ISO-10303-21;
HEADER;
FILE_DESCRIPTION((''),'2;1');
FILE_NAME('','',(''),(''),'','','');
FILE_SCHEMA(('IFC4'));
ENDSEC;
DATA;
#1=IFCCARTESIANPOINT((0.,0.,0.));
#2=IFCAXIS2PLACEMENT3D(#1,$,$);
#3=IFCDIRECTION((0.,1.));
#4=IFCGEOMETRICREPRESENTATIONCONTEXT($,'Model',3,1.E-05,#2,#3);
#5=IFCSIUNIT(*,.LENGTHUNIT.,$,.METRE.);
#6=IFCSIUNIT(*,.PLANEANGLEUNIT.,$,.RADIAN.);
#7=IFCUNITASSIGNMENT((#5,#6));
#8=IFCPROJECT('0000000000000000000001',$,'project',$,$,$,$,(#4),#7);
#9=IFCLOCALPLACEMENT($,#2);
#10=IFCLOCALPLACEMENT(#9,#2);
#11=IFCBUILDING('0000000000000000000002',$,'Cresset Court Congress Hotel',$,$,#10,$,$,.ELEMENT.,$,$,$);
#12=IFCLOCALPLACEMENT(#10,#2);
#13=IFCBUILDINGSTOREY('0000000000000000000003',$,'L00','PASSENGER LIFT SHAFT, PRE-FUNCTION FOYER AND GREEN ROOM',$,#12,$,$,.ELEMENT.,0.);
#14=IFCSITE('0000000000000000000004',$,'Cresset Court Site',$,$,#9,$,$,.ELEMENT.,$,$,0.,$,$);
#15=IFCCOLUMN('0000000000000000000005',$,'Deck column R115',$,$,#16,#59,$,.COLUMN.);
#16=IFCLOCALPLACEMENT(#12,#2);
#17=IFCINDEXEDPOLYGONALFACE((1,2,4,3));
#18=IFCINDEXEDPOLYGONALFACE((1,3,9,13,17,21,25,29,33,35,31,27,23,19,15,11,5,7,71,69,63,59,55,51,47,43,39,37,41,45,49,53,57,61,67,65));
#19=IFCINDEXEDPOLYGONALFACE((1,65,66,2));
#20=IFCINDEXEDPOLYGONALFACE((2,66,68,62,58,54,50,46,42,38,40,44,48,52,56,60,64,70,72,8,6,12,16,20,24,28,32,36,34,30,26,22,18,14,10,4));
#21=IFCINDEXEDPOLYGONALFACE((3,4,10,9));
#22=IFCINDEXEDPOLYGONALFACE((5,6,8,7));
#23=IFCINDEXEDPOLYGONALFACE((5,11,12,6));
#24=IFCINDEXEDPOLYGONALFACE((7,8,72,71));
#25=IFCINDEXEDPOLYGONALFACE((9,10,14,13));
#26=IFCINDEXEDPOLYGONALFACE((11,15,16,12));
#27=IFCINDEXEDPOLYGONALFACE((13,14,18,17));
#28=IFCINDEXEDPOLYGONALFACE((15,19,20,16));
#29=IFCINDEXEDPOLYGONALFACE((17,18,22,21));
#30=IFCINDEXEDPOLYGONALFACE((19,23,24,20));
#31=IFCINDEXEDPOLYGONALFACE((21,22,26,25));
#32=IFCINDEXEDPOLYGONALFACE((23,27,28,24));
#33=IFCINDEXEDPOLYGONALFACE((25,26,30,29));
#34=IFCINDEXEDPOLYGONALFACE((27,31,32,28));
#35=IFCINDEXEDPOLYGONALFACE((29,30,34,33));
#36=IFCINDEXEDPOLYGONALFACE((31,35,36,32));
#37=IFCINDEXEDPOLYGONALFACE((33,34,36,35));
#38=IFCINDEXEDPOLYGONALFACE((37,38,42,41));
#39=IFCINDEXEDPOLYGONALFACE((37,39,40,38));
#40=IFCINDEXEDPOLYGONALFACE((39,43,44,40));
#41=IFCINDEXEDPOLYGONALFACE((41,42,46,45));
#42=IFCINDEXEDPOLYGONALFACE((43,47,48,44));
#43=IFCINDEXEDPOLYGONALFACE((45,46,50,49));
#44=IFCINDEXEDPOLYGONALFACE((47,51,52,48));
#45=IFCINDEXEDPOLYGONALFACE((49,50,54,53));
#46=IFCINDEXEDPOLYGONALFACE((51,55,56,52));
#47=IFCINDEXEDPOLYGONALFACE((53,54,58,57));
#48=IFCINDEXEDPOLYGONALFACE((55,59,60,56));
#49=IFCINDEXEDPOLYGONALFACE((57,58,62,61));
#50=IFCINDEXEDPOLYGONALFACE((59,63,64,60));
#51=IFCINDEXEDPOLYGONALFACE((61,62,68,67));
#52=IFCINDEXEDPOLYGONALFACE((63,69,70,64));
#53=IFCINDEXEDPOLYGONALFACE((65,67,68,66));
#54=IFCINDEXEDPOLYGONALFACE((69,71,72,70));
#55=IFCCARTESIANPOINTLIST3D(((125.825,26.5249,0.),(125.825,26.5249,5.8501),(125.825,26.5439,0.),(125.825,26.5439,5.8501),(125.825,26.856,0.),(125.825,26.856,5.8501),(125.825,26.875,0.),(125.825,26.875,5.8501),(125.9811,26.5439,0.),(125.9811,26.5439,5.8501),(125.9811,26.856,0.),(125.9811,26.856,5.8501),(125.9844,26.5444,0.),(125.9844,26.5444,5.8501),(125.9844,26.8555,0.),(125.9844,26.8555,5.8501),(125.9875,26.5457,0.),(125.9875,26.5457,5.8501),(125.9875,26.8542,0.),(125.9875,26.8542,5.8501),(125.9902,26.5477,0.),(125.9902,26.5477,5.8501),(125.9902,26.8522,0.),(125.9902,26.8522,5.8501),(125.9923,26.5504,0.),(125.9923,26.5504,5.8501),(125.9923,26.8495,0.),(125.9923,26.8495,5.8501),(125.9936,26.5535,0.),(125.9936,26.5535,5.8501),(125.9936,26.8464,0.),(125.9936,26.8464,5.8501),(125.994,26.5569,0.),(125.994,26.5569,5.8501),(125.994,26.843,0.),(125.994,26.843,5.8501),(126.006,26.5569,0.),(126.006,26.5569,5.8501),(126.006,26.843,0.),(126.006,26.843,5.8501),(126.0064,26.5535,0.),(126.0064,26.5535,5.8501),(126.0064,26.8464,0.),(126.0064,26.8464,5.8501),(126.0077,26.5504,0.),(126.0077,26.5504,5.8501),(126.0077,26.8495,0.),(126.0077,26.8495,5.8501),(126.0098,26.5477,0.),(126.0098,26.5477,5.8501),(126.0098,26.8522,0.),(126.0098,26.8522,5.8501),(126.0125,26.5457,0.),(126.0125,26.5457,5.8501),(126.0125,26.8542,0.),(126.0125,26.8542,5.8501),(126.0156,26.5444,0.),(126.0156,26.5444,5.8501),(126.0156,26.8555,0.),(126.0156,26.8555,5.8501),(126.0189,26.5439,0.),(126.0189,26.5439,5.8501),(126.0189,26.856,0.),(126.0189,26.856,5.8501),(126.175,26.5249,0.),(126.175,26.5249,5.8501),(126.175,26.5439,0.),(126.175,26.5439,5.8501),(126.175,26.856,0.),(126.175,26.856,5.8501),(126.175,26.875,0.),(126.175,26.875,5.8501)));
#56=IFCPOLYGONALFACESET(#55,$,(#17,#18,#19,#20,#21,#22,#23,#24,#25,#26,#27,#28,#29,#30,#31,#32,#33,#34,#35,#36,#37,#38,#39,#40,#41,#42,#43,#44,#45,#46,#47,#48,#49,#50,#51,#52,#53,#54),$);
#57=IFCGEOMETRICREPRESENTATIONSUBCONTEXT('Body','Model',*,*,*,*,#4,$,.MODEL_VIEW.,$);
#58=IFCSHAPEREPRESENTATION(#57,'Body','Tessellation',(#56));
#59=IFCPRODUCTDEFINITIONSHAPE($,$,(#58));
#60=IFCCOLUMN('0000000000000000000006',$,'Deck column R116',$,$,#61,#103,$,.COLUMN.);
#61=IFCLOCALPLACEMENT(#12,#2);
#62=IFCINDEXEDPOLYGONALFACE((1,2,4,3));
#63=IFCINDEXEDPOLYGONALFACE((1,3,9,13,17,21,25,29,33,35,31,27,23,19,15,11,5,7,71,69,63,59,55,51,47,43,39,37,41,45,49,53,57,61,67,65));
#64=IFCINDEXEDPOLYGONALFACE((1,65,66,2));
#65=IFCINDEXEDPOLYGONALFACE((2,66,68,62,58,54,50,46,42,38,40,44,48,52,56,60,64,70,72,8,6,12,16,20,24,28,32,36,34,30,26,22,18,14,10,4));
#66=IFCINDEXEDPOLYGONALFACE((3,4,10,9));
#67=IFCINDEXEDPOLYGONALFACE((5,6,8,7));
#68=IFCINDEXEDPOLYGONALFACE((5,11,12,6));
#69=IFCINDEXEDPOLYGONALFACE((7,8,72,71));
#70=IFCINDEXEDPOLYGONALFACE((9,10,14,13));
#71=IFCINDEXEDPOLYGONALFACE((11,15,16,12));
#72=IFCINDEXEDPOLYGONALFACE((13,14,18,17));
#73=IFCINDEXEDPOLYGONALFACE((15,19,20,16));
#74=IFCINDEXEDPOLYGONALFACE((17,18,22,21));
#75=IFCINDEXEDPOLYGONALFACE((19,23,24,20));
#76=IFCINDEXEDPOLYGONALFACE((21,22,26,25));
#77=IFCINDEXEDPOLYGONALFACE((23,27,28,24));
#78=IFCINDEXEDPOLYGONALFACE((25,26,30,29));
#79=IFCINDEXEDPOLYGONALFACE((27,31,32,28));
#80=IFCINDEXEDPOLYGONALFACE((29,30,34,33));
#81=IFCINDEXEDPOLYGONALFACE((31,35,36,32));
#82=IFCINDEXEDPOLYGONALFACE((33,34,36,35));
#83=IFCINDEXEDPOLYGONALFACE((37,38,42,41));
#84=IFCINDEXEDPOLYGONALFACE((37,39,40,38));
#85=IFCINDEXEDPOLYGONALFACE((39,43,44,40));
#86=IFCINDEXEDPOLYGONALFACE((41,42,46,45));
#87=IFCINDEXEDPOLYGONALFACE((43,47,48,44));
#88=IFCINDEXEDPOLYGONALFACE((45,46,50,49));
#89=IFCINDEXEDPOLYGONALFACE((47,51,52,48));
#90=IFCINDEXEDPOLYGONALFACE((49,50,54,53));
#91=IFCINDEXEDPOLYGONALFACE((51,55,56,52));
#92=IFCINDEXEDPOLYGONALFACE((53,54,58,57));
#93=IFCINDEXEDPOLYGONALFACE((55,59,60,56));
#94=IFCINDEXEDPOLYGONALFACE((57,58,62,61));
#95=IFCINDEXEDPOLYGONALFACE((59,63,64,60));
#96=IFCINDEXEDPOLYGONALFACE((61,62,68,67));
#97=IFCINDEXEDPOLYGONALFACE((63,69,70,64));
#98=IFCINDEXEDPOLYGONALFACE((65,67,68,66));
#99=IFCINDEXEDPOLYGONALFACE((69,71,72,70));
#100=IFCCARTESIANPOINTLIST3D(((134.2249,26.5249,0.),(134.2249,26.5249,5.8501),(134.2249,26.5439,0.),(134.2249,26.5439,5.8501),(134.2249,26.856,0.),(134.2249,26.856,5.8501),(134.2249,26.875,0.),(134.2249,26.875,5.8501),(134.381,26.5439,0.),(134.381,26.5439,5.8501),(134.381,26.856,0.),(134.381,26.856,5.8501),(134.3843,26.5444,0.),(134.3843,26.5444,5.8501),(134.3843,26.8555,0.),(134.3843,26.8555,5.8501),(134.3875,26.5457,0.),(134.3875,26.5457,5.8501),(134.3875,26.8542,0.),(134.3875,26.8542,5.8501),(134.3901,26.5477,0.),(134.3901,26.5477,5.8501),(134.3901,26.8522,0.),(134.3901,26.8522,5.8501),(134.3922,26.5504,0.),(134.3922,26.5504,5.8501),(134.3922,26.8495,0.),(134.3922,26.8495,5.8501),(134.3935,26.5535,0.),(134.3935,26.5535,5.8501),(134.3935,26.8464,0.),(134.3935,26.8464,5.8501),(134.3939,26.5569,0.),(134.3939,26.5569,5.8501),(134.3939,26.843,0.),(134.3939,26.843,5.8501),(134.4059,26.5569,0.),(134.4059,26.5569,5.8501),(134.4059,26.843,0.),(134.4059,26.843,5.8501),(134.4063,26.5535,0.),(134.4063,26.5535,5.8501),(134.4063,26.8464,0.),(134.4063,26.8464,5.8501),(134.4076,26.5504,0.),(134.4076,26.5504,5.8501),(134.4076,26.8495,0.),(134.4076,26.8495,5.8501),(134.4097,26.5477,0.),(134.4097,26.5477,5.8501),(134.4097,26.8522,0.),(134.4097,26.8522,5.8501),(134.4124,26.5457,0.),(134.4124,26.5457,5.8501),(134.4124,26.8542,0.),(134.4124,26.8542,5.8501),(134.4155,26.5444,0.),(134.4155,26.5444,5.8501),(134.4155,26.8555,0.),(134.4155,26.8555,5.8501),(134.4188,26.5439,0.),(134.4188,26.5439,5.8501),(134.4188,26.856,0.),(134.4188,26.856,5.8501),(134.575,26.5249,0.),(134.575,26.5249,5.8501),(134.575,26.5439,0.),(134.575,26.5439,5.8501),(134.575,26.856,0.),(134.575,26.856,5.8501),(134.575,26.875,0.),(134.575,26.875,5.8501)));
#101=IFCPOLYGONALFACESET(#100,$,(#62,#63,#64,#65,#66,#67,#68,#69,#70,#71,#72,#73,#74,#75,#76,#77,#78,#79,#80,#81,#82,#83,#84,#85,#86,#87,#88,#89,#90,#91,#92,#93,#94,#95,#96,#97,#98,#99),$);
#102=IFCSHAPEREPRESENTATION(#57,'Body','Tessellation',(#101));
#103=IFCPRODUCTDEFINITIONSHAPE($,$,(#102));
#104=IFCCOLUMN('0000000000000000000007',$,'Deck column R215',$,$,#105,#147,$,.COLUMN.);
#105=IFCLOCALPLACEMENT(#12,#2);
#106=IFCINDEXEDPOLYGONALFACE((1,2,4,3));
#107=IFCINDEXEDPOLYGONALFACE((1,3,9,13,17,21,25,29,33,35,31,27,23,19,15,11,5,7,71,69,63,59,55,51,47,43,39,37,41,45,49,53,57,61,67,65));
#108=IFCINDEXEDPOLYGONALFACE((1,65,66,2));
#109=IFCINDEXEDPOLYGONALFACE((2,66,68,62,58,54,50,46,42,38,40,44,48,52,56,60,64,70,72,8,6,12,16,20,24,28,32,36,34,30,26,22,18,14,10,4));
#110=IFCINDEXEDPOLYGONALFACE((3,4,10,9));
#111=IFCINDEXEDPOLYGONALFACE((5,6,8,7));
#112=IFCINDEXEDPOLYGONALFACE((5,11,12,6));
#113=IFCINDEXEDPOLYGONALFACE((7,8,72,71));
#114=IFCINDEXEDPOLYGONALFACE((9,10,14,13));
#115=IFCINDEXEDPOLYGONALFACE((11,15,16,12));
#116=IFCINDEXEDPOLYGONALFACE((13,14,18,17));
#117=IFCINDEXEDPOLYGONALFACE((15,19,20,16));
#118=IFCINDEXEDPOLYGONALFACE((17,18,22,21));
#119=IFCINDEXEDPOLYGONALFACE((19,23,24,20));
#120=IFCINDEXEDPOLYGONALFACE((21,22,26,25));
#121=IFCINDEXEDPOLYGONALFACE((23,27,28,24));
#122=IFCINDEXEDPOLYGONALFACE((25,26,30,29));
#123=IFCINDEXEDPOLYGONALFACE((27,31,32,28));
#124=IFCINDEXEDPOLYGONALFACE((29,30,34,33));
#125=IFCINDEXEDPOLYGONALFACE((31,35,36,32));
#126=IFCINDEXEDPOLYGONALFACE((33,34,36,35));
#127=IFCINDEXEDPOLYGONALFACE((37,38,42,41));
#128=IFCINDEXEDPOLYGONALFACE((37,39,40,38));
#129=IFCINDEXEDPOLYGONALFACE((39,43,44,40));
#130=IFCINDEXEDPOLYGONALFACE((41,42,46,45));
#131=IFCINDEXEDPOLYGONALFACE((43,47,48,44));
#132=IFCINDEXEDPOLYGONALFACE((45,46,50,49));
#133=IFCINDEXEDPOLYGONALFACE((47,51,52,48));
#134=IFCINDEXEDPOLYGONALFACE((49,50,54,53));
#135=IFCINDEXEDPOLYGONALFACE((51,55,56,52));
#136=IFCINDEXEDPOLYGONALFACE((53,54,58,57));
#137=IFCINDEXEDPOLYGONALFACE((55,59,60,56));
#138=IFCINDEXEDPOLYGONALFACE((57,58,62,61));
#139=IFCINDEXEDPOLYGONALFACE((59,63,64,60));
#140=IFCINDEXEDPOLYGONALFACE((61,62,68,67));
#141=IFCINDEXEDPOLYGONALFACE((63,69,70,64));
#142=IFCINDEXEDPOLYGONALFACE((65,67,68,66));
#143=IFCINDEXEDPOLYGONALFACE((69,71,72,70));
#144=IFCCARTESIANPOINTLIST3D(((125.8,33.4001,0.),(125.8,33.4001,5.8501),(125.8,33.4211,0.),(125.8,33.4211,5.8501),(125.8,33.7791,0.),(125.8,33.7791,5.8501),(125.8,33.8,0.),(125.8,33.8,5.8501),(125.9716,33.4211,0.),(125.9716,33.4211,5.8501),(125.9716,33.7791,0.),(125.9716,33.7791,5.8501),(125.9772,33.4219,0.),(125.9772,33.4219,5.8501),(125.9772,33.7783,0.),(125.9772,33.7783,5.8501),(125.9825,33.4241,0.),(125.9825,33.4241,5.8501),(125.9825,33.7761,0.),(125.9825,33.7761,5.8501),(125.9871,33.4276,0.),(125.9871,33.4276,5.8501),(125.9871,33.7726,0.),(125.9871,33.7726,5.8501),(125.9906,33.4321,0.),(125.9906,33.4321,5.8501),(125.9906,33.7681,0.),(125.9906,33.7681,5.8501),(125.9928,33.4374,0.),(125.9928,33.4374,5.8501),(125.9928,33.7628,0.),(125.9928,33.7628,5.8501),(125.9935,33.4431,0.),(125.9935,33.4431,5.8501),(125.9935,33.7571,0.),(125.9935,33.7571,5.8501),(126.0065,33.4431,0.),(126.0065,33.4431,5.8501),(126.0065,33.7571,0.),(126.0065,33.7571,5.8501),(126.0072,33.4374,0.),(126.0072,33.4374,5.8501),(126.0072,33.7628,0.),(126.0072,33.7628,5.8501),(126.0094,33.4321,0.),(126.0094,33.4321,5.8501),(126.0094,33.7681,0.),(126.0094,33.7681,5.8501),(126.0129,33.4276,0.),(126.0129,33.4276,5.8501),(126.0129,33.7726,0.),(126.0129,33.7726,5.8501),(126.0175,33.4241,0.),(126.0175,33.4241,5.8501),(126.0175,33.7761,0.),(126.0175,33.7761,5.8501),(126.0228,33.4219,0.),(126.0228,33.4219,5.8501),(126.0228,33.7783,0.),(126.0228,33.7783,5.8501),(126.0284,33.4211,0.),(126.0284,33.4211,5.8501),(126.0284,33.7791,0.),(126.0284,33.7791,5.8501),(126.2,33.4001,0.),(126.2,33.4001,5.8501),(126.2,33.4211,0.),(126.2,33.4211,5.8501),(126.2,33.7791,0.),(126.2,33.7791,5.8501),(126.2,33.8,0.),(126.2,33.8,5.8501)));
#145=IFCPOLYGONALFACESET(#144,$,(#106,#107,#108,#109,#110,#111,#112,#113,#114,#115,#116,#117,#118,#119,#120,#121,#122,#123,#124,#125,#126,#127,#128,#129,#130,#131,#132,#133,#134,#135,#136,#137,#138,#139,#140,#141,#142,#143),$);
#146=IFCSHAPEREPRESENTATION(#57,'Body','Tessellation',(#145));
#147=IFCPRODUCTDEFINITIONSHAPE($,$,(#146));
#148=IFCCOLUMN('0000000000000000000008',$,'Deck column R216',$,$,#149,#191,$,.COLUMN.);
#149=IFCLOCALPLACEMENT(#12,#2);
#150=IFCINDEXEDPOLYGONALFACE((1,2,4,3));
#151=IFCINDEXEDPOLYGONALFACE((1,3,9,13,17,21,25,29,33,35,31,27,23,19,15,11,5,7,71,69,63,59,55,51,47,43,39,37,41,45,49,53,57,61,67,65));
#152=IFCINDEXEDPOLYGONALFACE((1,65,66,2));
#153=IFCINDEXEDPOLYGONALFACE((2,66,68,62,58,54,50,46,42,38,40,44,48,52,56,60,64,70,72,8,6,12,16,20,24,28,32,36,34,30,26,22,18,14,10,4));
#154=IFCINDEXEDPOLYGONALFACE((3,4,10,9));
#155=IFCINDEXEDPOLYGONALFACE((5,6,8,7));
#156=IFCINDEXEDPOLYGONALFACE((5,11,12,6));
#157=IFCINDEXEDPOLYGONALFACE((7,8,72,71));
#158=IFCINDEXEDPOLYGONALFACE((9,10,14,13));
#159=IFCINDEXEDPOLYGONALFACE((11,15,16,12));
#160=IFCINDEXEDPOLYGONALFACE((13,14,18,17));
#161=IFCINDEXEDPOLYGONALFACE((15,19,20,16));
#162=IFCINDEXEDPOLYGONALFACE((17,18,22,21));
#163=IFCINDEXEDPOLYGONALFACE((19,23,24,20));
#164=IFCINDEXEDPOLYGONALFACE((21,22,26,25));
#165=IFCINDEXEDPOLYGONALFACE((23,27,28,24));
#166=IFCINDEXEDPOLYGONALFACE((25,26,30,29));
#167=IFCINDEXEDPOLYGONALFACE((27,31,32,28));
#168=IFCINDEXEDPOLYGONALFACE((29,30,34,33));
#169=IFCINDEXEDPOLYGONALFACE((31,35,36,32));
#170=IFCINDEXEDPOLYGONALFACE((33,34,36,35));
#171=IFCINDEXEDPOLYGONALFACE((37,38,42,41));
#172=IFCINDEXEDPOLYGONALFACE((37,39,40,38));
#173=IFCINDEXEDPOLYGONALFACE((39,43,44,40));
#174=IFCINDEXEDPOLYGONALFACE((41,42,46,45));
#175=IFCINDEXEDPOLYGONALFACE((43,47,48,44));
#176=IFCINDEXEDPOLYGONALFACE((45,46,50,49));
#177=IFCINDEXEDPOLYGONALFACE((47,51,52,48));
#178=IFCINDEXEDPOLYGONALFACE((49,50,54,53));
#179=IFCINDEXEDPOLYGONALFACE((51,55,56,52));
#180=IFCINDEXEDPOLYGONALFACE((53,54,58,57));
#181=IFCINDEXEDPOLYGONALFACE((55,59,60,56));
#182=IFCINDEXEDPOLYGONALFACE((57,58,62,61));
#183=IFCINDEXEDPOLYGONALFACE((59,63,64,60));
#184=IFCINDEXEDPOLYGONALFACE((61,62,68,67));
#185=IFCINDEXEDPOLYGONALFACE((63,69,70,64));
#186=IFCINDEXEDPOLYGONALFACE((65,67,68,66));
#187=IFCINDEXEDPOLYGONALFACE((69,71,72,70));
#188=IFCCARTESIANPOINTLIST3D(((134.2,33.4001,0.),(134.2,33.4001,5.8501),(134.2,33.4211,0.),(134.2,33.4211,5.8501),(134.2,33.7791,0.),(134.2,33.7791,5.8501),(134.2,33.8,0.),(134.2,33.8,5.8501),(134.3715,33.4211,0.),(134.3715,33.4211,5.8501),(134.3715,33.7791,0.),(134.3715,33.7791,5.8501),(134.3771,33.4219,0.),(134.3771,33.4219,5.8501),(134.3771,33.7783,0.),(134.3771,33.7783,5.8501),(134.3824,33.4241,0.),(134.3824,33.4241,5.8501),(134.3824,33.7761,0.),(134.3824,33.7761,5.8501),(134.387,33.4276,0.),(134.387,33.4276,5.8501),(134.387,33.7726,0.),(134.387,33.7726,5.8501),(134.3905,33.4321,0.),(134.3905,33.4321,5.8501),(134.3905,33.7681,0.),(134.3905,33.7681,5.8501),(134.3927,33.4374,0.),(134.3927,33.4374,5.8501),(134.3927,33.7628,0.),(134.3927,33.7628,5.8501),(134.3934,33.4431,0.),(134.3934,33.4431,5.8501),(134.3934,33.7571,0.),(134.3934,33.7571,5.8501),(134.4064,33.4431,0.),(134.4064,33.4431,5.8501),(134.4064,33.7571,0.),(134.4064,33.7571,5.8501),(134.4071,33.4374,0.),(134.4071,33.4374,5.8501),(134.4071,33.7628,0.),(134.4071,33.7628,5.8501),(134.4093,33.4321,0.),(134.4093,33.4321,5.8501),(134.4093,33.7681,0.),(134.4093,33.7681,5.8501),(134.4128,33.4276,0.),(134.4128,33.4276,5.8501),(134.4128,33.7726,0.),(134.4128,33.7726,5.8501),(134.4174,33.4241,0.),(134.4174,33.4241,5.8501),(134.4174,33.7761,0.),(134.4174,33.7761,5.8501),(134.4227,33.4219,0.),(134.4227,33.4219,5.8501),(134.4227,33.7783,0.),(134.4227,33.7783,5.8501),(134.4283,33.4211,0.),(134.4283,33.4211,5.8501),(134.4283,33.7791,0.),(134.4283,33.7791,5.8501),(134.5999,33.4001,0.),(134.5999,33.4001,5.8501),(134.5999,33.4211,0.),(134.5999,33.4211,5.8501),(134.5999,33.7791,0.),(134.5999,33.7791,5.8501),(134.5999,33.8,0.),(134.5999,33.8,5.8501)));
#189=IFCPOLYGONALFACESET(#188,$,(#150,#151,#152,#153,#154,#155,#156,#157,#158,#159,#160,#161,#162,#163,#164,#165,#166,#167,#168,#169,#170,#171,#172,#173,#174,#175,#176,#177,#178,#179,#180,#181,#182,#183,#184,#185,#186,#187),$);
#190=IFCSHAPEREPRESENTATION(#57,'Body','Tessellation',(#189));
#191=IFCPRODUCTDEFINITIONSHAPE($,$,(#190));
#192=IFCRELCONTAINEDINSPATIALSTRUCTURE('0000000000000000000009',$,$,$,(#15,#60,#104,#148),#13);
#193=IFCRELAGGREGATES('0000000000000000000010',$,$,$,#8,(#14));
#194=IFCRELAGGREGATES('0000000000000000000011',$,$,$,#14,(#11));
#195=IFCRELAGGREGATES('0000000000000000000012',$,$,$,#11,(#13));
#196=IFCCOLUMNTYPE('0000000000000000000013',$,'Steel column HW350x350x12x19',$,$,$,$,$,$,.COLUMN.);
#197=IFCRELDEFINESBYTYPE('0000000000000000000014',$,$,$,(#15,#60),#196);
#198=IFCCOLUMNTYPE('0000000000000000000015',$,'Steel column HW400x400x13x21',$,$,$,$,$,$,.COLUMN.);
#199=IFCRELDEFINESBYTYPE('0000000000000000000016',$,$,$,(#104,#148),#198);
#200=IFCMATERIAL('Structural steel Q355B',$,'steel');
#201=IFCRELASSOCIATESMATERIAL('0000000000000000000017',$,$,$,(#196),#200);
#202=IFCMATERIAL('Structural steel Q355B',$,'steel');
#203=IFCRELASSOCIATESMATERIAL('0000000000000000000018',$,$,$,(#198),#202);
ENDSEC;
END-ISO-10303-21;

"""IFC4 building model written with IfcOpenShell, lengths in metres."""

from ifc_helpers import new_model, si_unit, direction, frame, origin, origin_2d, place, context, subcontext, project, spatial, i_section, extrude, material, material_profile, profile_set, type_object, element, save


model = new_model("IFC4")

# Units and contexts
model_context = context("Model", 3, precision=1e-05, world=origin(), true_north=direction((0.0, 1.0)))
body_context = subcontext(model_context, "Body", "Model", "MODEL_VIEW")
ifc_project = project(units=[si_unit("LENGTHUNIT", "METRE"), si_unit("PLANEANGLEUNIT", "RADIAN")], contexts=[model_context])

# Site, building, storey
site_placement = place(None, origin())
site = spatial("IfcSite", under=ifc_project, at=site_placement, Name="Cresset Court Site", CompositionType="ELEMENT", RefElevation=0.0)
building_placement = place(site_placement, origin())
building = spatial("IfcBuilding", under=site, at=building_placement, Name="Cresset Court Congress Hotel", CompositionType="ELEMENT")
storey_placement = place(building_placement, origin())
storey = spatial("IfcBuildingStorey", under=building, at=storey_placement, Name="L00", Description="PASSENGER LIFT SHAFT, PRE-FUNCTION FOYER AND GREEN ROOM", CompositionType="ELEMENT", Elevation=0.0)

# Columns
ifc_material_1 = material(Name="Structural steel Q355B", Category="steel")
ifc_material_profile_1 = material_profile(ifc_material_1, i_section(OverallWidth=0.3501, OverallDepth=0.3501, WebThickness=0.012, FlangeThickness=0.019, FilletRadius=0.0129, at=origin_2d()), Name="HW350x350x12x19")
ifc_profile_set_1 = profile_set([ifc_material_profile_1], Name="Structural steel Q355B")
column_type_1 = type_object("IfcColumnType", Name="Steel column HW350x350x12x19", PredefinedType="COLUMN", material=ifc_profile_set_1)
for number, where, z_axis, x_axis, name in (
    (1, (126.0, 26.7, 0.0), (0.0, 0.0, 1.0), (1.0, 0.0, 0.0), "Deck column R115"),
    (2, (134.3999, 26.7, 0.0), (0.0, 0.0, 1.0), (1.0, 0.0, 0.0), "Deck column R116"),
):
    element("IfcColumn", number, at=place(storey_placement, frame(where, z_axis=z_axis, x_axis=x_axis)), inside=storey, type_object=column_type_1, Name=name, PredefinedType="COLUMN", context=body_context, shape_type="SweptSolid", body=[
        extrude(i_section(OverallWidth=0.3501, OverallDepth=0.3501, WebThickness=0.012, FlangeThickness=0.019, FilletRadius=0.0129, at=origin_2d()), origin(), (0.0, 0.0, 1.0), 5.8501),
    ])
ifc_material_2 = material(Name="Structural steel Q355B", Category="steel")
ifc_material_profile_2 = material_profile(ifc_material_2, i_section(OverallWidth=0.3999, OverallDepth=0.3999, WebThickness=0.0129, FlangeThickness=0.021, FilletRadius=0.022, at=origin_2d()), Name="HW400x400x13x21")
ifc_profile_set_2 = profile_set([ifc_material_profile_2], Name="Structural steel Q355B")
column_type_2 = type_object("IfcColumnType", Name="Steel column HW400x400x13x21", PredefinedType="COLUMN", material=ifc_profile_set_2)
for number, where, z_axis, x_axis, name in (
    (3, (126.0, 33.6001, 0.0), (0.0, 0.0, 1.0), (1.0, 0.0, 0.0), "Deck column R215"),
    (4, (134.3999, 33.6001, 0.0), (0.0, 0.0, 1.0), (1.0, 0.0, 0.0), "Deck column R216"),
):
    element("IfcColumn", number, at=place(storey_placement, frame(where, z_axis=z_axis, x_axis=x_axis)), inside=storey, type_object=column_type_2, Name=name, PredefinedType="COLUMN", context=body_context, shape_type="SweptSolid", body=[
        extrude(i_section(OverallWidth=0.3999, OverallDepth=0.3999, WebThickness=0.0129, FlangeThickness=0.021, FilletRadius=0.022, at=origin_2d()), origin(), (0.0, 0.0, 1.0), 5.8501),
    ])

save(model, "model.ifc")
